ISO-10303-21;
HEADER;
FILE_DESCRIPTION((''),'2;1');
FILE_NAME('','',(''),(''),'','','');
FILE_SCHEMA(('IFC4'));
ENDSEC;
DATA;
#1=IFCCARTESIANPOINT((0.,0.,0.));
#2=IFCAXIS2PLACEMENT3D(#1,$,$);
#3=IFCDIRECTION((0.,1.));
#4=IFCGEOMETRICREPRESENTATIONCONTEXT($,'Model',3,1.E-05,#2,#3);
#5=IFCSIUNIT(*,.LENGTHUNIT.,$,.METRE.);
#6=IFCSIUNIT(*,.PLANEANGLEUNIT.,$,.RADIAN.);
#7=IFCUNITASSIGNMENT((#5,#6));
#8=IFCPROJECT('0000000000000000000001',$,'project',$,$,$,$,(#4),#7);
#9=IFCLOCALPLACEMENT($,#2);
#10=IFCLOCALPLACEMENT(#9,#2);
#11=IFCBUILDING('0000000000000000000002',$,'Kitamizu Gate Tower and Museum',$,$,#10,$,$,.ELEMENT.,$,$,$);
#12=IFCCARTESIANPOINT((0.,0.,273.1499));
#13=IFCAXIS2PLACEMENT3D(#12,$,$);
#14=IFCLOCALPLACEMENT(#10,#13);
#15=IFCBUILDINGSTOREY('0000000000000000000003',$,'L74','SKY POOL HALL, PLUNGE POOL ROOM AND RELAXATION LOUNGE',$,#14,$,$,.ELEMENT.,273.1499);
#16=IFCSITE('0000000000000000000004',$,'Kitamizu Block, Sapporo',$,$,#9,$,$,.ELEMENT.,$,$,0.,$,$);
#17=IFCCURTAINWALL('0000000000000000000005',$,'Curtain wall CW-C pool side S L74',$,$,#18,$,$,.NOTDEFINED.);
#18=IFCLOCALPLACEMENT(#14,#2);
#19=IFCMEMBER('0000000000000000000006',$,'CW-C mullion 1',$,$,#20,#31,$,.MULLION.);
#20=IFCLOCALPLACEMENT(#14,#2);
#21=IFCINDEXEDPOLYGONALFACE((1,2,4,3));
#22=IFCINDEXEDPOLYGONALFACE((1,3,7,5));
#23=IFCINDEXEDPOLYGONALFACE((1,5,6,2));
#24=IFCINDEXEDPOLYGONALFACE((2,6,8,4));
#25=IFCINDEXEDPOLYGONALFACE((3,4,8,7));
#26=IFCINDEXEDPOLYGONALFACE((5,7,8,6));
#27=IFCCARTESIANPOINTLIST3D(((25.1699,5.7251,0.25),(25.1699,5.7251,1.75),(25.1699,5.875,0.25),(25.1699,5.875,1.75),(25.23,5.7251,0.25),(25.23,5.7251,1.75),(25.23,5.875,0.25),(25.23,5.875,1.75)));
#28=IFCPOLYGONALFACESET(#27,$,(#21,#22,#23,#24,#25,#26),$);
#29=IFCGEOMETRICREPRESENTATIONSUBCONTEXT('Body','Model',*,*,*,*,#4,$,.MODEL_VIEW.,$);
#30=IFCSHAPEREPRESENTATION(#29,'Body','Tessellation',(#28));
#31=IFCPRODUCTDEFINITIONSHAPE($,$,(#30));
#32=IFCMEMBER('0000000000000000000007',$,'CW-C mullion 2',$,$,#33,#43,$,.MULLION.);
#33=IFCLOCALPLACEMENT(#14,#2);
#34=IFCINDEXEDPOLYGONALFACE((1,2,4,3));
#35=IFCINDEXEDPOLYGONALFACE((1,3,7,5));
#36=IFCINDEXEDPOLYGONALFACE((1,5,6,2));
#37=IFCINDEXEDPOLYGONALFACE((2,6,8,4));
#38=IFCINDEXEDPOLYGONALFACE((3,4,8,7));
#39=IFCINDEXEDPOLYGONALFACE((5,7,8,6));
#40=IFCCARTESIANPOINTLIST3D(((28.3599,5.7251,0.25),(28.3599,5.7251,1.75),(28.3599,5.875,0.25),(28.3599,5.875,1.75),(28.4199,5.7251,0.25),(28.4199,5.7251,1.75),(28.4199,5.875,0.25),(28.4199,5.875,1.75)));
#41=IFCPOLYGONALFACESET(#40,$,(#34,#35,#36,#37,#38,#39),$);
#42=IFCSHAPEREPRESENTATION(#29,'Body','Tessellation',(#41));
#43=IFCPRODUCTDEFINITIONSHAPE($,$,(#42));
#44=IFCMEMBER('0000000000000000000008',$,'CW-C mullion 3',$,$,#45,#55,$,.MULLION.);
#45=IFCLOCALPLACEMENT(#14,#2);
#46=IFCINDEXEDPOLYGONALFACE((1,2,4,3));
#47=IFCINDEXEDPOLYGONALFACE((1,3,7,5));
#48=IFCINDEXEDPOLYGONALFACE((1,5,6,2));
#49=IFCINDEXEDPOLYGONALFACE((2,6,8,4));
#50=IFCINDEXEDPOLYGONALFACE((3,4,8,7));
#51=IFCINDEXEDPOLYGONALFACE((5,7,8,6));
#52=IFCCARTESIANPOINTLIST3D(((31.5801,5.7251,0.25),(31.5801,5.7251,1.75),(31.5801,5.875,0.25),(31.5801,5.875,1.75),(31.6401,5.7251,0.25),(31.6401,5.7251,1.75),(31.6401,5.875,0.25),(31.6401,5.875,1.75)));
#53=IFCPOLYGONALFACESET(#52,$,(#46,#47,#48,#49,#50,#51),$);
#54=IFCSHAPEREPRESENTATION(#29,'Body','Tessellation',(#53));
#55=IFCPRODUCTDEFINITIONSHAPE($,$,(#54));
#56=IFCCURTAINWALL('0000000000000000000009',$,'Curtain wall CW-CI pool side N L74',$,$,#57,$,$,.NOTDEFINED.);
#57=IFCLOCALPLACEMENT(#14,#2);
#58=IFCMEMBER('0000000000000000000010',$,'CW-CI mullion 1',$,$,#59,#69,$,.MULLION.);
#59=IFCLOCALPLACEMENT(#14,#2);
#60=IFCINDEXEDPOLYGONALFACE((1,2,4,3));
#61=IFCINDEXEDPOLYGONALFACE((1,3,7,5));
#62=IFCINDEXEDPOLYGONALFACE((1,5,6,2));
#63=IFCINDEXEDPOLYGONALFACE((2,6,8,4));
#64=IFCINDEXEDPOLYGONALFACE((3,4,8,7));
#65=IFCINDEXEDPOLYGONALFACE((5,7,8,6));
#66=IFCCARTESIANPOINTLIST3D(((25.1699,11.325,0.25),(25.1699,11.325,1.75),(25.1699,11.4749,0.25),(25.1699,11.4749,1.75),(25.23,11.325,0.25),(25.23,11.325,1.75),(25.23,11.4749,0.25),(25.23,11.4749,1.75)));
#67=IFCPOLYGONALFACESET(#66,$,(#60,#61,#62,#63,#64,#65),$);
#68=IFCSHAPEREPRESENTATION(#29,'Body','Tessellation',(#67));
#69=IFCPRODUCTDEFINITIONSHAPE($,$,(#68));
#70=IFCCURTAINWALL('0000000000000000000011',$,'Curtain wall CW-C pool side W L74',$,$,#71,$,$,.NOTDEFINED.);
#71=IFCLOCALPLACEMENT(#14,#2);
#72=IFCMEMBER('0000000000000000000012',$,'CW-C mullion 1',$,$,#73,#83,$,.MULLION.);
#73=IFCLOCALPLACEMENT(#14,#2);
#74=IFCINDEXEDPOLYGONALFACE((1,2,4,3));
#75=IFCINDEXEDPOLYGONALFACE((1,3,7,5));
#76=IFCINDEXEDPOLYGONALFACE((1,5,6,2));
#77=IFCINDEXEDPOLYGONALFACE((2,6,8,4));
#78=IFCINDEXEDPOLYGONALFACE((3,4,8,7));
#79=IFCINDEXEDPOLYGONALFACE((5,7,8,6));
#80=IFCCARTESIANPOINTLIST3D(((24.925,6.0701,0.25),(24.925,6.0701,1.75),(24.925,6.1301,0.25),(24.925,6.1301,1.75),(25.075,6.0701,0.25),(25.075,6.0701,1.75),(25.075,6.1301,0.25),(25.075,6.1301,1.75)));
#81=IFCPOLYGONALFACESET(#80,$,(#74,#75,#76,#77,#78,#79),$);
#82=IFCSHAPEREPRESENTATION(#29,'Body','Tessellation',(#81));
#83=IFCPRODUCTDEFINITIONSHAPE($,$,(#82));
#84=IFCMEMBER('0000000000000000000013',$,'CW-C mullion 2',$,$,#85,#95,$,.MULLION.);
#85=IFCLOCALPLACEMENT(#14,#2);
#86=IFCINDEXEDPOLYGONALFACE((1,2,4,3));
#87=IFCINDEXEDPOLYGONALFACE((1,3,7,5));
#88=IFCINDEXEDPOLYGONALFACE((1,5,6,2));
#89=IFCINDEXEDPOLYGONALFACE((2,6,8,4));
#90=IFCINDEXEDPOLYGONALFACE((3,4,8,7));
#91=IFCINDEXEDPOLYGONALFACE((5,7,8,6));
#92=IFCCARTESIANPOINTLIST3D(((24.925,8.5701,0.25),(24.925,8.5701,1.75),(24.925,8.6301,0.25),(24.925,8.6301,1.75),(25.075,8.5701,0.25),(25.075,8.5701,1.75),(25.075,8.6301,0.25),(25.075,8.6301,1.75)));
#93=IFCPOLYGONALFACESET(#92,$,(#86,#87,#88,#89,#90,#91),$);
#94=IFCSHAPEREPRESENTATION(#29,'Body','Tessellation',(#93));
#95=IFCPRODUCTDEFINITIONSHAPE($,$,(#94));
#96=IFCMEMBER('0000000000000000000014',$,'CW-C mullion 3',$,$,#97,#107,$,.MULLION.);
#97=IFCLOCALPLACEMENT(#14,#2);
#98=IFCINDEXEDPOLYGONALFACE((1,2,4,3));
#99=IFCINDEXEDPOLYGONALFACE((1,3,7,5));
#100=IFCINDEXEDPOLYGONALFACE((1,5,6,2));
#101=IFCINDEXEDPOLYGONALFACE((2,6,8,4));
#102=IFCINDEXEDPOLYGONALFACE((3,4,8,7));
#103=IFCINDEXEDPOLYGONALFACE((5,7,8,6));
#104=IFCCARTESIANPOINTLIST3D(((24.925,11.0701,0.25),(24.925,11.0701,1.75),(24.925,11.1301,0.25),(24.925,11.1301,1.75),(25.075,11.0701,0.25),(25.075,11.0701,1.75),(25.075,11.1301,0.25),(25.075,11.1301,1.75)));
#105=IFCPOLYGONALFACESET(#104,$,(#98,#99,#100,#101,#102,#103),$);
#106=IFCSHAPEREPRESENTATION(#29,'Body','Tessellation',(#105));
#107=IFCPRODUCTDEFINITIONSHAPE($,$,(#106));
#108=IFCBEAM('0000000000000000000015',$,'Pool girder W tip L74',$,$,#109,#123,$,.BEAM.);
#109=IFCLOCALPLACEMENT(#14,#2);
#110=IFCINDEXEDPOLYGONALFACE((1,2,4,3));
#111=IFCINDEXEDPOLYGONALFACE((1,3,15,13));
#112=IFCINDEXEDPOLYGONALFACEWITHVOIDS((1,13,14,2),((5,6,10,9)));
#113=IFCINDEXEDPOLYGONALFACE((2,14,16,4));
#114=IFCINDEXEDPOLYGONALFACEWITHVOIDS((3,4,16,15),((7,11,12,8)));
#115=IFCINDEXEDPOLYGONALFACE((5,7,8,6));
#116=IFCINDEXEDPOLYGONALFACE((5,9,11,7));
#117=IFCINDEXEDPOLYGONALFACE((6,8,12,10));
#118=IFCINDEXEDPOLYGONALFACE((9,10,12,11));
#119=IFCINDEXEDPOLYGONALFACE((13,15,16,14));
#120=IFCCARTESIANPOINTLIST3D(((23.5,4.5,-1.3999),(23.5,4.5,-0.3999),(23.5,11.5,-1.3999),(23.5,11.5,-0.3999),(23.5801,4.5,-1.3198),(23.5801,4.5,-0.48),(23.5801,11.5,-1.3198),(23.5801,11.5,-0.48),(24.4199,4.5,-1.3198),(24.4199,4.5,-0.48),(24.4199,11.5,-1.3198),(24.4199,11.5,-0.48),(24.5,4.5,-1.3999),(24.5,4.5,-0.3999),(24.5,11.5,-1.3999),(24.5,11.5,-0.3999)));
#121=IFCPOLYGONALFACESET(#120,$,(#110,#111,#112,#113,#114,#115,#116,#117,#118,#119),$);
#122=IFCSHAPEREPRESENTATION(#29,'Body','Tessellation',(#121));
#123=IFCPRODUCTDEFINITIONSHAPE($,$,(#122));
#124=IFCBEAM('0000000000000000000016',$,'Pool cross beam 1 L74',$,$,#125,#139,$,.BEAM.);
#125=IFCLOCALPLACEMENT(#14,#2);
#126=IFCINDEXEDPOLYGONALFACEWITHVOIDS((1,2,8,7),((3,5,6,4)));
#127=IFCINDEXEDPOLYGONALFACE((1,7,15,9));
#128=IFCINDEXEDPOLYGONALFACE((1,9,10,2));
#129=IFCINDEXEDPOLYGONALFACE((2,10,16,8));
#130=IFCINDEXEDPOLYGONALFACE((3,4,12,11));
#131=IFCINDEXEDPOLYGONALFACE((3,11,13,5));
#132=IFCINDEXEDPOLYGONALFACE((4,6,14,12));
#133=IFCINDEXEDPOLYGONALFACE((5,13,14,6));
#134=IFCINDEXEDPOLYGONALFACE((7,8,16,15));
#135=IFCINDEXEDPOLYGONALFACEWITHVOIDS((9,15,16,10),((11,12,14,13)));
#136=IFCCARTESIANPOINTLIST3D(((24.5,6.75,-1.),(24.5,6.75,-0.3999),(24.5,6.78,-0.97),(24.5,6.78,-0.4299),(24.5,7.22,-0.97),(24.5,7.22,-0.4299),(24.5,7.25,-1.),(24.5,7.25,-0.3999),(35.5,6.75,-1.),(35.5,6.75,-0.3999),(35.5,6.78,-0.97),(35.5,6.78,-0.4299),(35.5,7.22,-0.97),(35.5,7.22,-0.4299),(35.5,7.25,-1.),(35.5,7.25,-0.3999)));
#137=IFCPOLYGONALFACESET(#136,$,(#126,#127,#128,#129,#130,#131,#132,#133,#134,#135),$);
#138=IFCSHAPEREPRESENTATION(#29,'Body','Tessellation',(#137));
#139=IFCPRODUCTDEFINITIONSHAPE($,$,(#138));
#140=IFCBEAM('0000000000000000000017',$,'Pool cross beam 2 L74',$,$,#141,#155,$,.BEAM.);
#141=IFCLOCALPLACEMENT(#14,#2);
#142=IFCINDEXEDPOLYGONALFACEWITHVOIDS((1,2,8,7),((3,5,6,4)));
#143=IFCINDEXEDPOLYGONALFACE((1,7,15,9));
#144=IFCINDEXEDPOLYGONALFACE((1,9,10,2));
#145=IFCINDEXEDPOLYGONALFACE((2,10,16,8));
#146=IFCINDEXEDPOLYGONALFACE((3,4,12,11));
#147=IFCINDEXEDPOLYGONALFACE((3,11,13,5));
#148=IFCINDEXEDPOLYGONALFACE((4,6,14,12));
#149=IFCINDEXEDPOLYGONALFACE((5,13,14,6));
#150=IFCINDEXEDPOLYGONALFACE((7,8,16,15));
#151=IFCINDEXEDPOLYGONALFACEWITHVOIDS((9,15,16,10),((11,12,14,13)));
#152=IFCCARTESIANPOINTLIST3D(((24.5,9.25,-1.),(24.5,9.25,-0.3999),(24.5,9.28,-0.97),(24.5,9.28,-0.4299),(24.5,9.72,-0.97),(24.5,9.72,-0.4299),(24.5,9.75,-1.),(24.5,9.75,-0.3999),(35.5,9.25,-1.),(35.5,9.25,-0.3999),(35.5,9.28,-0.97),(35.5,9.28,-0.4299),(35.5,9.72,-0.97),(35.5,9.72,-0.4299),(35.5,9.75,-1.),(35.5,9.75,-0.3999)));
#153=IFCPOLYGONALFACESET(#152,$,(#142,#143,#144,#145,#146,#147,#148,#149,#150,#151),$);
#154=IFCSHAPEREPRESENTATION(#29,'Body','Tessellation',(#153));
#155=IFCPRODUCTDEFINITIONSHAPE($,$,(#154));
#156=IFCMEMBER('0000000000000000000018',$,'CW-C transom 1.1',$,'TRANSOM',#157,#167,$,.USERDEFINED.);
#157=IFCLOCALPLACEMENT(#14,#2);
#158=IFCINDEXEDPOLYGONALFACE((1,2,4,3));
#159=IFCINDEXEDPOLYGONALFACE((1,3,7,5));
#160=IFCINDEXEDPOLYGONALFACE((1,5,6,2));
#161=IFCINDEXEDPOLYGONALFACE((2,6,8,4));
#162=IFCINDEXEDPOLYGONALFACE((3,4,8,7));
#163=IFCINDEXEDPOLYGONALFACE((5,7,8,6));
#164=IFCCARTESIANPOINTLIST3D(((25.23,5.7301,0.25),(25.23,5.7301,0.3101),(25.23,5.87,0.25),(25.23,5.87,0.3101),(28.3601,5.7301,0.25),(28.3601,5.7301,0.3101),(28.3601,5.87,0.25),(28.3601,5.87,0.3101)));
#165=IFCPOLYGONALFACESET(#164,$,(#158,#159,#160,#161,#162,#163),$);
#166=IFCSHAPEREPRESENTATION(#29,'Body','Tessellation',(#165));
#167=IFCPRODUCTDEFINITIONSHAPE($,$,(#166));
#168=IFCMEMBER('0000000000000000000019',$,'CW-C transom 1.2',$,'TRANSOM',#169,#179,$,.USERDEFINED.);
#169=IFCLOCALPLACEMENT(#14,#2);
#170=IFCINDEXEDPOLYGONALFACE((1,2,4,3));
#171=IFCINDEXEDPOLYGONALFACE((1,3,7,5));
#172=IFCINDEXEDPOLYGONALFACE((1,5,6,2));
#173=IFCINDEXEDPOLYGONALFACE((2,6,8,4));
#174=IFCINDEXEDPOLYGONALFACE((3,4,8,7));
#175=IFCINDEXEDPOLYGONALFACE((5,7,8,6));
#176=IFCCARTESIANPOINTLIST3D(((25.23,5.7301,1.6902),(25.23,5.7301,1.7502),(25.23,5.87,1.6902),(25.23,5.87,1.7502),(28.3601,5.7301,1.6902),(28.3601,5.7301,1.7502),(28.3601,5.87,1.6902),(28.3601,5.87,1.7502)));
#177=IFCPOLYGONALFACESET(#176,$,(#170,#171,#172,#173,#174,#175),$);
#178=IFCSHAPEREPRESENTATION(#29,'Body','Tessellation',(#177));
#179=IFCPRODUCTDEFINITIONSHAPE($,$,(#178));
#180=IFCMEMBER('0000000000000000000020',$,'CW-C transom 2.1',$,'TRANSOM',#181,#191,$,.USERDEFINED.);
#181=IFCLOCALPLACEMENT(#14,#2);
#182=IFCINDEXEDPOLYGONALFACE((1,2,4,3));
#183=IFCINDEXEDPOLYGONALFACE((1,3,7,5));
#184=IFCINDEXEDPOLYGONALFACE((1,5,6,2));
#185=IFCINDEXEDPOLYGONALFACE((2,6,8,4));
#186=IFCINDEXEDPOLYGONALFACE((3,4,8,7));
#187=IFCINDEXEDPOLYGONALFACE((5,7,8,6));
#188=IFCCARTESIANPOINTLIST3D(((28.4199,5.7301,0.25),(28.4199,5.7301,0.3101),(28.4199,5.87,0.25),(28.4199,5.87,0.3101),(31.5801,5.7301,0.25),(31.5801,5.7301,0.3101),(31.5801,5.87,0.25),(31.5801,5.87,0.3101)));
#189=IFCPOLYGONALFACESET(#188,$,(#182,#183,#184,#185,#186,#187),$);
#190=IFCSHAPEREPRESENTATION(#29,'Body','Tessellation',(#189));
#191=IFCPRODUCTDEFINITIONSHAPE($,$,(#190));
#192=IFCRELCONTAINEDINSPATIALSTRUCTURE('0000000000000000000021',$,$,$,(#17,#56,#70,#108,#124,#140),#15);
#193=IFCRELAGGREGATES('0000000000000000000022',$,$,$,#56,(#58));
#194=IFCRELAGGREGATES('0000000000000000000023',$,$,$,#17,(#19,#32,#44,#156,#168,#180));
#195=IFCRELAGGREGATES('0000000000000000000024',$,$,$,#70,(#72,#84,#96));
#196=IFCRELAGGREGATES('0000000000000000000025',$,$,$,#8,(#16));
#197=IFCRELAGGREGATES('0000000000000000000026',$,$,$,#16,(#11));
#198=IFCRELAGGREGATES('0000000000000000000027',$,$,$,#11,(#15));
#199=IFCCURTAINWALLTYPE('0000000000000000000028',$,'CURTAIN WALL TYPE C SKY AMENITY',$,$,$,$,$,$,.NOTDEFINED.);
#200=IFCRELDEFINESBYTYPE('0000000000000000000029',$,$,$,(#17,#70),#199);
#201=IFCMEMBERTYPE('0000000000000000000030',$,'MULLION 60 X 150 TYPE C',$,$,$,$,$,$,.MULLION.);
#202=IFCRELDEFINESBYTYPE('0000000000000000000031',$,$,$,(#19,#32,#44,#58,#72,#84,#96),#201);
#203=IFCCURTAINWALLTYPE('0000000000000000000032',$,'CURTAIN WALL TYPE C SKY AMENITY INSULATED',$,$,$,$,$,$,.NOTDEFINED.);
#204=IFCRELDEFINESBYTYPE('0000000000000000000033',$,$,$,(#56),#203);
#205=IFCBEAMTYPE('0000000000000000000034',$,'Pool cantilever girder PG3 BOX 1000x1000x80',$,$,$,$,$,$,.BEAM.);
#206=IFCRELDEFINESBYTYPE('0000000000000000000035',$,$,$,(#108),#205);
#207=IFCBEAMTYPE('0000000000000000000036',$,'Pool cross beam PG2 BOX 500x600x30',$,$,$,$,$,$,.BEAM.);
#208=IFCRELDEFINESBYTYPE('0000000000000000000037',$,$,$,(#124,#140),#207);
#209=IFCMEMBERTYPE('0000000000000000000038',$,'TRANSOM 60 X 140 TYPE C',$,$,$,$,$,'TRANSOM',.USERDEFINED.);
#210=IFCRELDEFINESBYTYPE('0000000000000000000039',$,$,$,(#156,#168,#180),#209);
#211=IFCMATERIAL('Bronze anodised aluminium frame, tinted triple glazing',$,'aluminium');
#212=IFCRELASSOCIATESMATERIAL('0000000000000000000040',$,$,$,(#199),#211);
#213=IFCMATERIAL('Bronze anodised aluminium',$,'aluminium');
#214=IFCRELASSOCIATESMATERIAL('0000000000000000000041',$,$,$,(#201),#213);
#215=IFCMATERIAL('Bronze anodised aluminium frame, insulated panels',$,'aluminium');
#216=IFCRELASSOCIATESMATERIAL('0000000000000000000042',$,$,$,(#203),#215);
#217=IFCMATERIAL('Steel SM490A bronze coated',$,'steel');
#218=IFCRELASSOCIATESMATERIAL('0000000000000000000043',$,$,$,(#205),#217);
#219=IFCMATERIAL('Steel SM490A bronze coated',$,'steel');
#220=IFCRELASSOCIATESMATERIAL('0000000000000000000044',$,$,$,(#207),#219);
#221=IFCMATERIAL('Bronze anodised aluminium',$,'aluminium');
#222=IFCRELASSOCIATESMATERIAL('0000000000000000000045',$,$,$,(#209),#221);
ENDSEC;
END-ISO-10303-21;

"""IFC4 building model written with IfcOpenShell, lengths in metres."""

from ifc_helpers import new_model, si_unit, direction, frame, origin, origin_2d, place, context, subcontext, project, spatial, rectangle, hollow_rectangle, extrude, material, material_profile, profile_set, type_object, element, aggregate, save


model = new_model("IFC4")

# Units and contexts
model_context = context("Model", 3, precision=1e-05, world=origin(), true_north=direction((0.0, 1.0)))
body_context = subcontext(model_context, "Body", "Model", "MODEL_VIEW")
ifc_project = project(units=[si_unit("LENGTHUNIT", "METRE"), si_unit("PLANEANGLEUNIT", "RADIAN")], contexts=[model_context])

# Site, building, storey
site_placement = place(None, origin())
site = spatial("IfcSite", under=ifc_project, at=site_placement, Name="Kitamizu Block, Sapporo", CompositionType="ELEMENT", RefElevation=0.0)
building_placement = place(site_placement, origin())
building = spatial("IfcBuilding", under=site, at=building_placement, Name="Kitamizu Gate Tower and Museum", CompositionType="ELEMENT")
storey_placement = place(building_placement, frame((0.0, 0.0, 273.1499)))
storey = spatial("IfcBuildingStorey", under=building, at=storey_placement, Name="L74", Description="SKY POOL HALL, PLUNGE POOL ROOM AND RELAXATION LOUNGE", CompositionType="ELEMENT", Elevation=273.1499)

# Curtain wall, members
ifc_material_1 = material(Name="Bronze anodised aluminium frame, tinted triple glazing", Category="aluminium")
curtain_wall_type_1 = type_object("IfcCurtainWallType", Name="CURTAIN WALL TYPE C SKY AMENITY", PredefinedType="NOTDEFINED", material=ifc_material_1)
curtain_wall_1_placement = place(storey_placement, origin())
curtain_wall_1 = element("IfcCurtainWall", 1, at=curtain_wall_1_placement, inside=storey, type_object=curtain_wall_type_1, Name="Curtain wall CW-C pool side S L74", PredefinedType="NOTDEFINED")
ifc_material_2 = material(Name="Bronze anodised aluminium", Category="aluminium")
ifc_material_profile_1 = material_profile(ifc_material_2, rectangle(XDim=0.0601, YDim=0.1499, at=origin_2d()), Name="AL 60X150")
ifc_profile_set_1 = profile_set([ifc_material_profile_1], Name="Bronze anodised aluminium")
member_type_1 = type_object("IfcMemberType", Name="MULLION 60 X 150 TYPE C", PredefinedType="MULLION", material=ifc_profile_set_1)
member_1_placement = place(storey_placement, frame((25.2, 5.8, 0.25), z_axis=(0.0, 0.0, 1.0), x_axis=(1.0, 0.0, 0.0)))
member_1 = element("IfcMember", 2, at=member_1_placement, type_object=member_type_1, Name="CW-C mullion 1", PredefinedType="MULLION", context=body_context, shape_type="SweptSolid", body=[
    extrude(rectangle(XDim=0.0601, YDim=0.1499, at=origin_2d()), origin(), (0.0, 0.0, 1.0), 1.5),
])
member_2_placement = place(storey_placement, frame((28.3899, 5.8, 0.25), z_axis=(0.0, 0.0, 1.0), x_axis=(1.0, 0.0, 0.0)))
member_2 = element("IfcMember", 3, at=member_2_placement, type_object=member_type_1, Name="CW-C mullion 2", PredefinedType="MULLION", context=body_context, shape_type="SweptSolid", body=[
    extrude(rectangle(XDim=0.0601, YDim=0.1499, at=origin_2d()), origin(), (0.0, 0.0, 1.0), 1.5),
])
member_3_placement = place(storey_placement, frame((31.6101, 5.8, 0.25), z_axis=(0.0, 0.0, 1.0), x_axis=(1.0, 0.0, 0.0)))
member_3 = element("IfcMember", 4, at=member_3_placement, type_object=member_type_1, Name="CW-C mullion 3", PredefinedType="MULLION", context=body_context, shape_type="SweptSolid", body=[
    extrude(rectangle(XDim=0.0601, YDim=0.1499, at=origin_2d()), origin(), (0.0, 0.0, 1.0), 1.5),
])

# Curtain wall, member
ifc_material_3 = material(Name="Bronze anodised aluminium frame, insulated panels", Category="aluminium")
curtain_wall_type_2 = type_object("IfcCurtainWallType", Name="CURTAIN WALL TYPE C SKY AMENITY INSULATED", PredefinedType="NOTDEFINED", material=ifc_material_3)
curtain_wall_2_placement = place(storey_placement, origin())
curtain_wall_2 = element("IfcCurtainWall", 5, at=curtain_wall_2_placement, inside=storey, type_object=curtain_wall_type_2, Name="Curtain wall CW-CI pool side N L74", PredefinedType="NOTDEFINED")
member_4_placement = place(storey_placement, frame((25.2, 11.3999, 0.25), z_axis=(0.0, 0.0, 1.0), x_axis=(1.0, 0.0, 0.0)))
member_4 = element("IfcMember", 6, at=member_4_placement, type_object=member_type_1, Name="CW-CI mullion 1", PredefinedType="MULLION", context=body_context, shape_type="SweptSolid", body=[
    extrude(rectangle(XDim=0.0601, YDim=0.1499, at=origin_2d()), origin(), (0.0, 0.0, 1.0), 1.5),
])

# Curtain wall, members
curtain_wall_3_placement = place(storey_placement, origin())
curtain_wall_3 = element("IfcCurtainWall", 7, at=curtain_wall_3_placement, inside=storey, type_object=curtain_wall_type_1, Name="Curtain wall CW-C pool side W L74", PredefinedType="NOTDEFINED")
member_5_placement = place(storey_placement, frame((25.0, 6.1001, 0.25), z_axis=(0.0, 0.0, 1.0), x_axis=(0.0, 1.0, 0.0)))
member_5 = element("IfcMember", 8, at=member_5_placement, type_object=member_type_1, Name="CW-C mullion 1", PredefinedType="MULLION", context=body_context, shape_type="SweptSolid", body=[
    extrude(rectangle(XDim=0.0601, YDim=0.1499, at=origin_2d()), origin(), (0.0, 0.0, 1.0), 1.5),
])
member_6_placement = place(storey_placement, frame((25.0, 8.6001, 0.25), z_axis=(0.0, 0.0, 1.0), x_axis=(0.0, 1.0, 0.0)))
member_6 = element("IfcMember", 9, at=member_6_placement, type_object=member_type_1, Name="CW-C mullion 2", PredefinedType="MULLION", context=body_context, shape_type="SweptSolid", body=[
    extrude(rectangle(XDim=0.0601, YDim=0.1499, at=origin_2d()), origin(), (0.0, 0.0, 1.0), 1.5),
])
member_7_placement = place(storey_placement, frame((25.0, 11.1001, 0.25), z_axis=(0.0, 0.0, 1.0), x_axis=(0.0, 1.0, 0.0)))
member_7 = element("IfcMember", 10, at=member_7_placement, type_object=member_type_1, Name="CW-C mullion 3", PredefinedType="MULLION", context=body_context, shape_type="SweptSolid", body=[
    extrude(rectangle(XDim=0.0601, YDim=0.1499, at=origin_2d()), origin(), (0.0, 0.0, 1.0), 1.5),
])

# Beams
ifc_material_4 = material(Name="Steel SM490A bronze coated", Category="steel")
ifc_material_profile_2 = material_profile(ifc_material_4, hollow_rectangle(XDim=1.0, YDim=1.0, WallThickness=0.0801, at=origin_2d()), Name="BOX 1000x1000x80")
ifc_profile_set_2 = profile_set([ifc_material_profile_2], Name="Steel SM490A bronze coated")
beam_type_1 = type_object("IfcBeamType", Name="Pool cantilever girder PG3 BOX 1000x1000x80", PredefinedType="BEAM", material=ifc_profile_set_2)
beam_placement = place(storey_placement, frame((24.0, 4.5, -0.8999), z_axis=(0.0, 1.0, 0.0), x_axis=(-1.0, 0.0, 0.0)))
element("IfcBeam", 11, at=beam_placement, inside=storey, type_object=beam_type_1, Name="Pool girder W tip L74", PredefinedType="BEAM", context=body_context, shape_type="SweptSolid", body=[
    extrude(hollow_rectangle(XDim=1.0, YDim=1.0, WallThickness=0.0801, at=origin_2d()), origin(), (0.0, 0.0, 1.0), 7.0),
])
ifc_material_5 = material(Name="Steel SM490A bronze coated", Category="steel")
ifc_material_profile_3 = material_profile(ifc_material_5, hollow_rectangle(XDim=0.5, YDim=0.6001, WallThickness=0.03, at=origin_2d()), Name="BOX 500x600x30")
ifc_profile_set_3 = profile_set([ifc_material_profile_3], Name="Steel SM490A bronze coated")
beam_type_2 = type_object("IfcBeamType", Name="Pool cross beam PG2 BOX 500x600x30", PredefinedType="BEAM", material=ifc_profile_set_3)
for number, where, z_axis, x_axis, name in (
    (12, (24.5, 7.0, -0.7), (1.0, 0.0, 0.0), (0.0, 1.0, 0.0), "Pool cross beam 1 L74"),
    (13, (24.5, 9.5, -0.7), (1.0, 0.0, 0.0), (0.0, 1.0, 0.0), "Pool cross beam 2 L74"),
):
    element("IfcBeam", number, at=place(storey_placement, frame(where, z_axis=z_axis, x_axis=x_axis)), inside=storey, type_object=beam_type_2, Name=name, PredefinedType="BEAM", context=body_context, shape_type="SweptSolid", body=[
        extrude(hollow_rectangle(XDim=0.5, YDim=0.6001, WallThickness=0.03, at=origin_2d()), origin(), (0.0, 0.0, 1.0), 11.0),
    ])

# Members
ifc_material_6 = material(Name="Bronze anodised aluminium", Category="aluminium")
ifc_material_profile_4 = material_profile(ifc_material_6, rectangle(XDim=0.1399, YDim=0.0601, at=origin_2d()), Name="AL 60X140")
ifc_profile_set_4 = profile_set([ifc_material_profile_4], Name="Bronze anodised aluminium")
member_type_2 = type_object("IfcMemberType", Name="TRANSOM 60 X 140 TYPE C", ElementType="TRANSOM", PredefinedType="USERDEFINED", material=ifc_profile_set_4)
member_8_placement = place(storey_placement, frame((25.23, 5.8, 0.28), z_axis=(1.0, 0.0, 0.0), x_axis=(0.0, 1.0, 0.0)))
member_8 = element("IfcMember", 14, at=member_8_placement, type_object=member_type_2, Name="CW-C transom 1.1", ObjectType="TRANSOM", PredefinedType="USERDEFINED", context=body_context, shape_type="SweptSolid", body=[
    extrude(rectangle(XDim=0.1399, YDim=0.0601, at=origin_2d()), origin(), (0.0, 0.0, 1.0), 3.1301),
])
member_9_placement = place(storey_placement, frame((25.23, 5.8, 1.7202), z_axis=(1.0, 0.0, 0.0), x_axis=(0.0, 1.0, 0.0)))
member_9 = element("IfcMember", 15, at=member_9_placement, type_object=member_type_2, Name="CW-C transom 1.2", ObjectType="TRANSOM", PredefinedType="USERDEFINED", context=body_context, shape_type="SweptSolid", body=[
    extrude(rectangle(XDim=0.1399, YDim=0.0601, at=origin_2d()), origin(), (0.0, 0.0, 1.0), 3.1301),
])
member_10_placement = place(storey_placement, frame((28.4199, 5.8, 0.28), z_axis=(1.0, 0.0, 0.0), x_axis=(0.0, 1.0, 0.0)))
member_10 = element("IfcMember", 16, at=member_10_placement, type_object=member_type_2, Name="CW-C transom 2.1", ObjectType="TRANSOM", PredefinedType="USERDEFINED", context=body_context, shape_type="SweptSolid", body=[
    extrude(rectangle(XDim=0.1399, YDim=0.0601, at=origin_2d()), origin(), (0.0, 0.0, 1.0), 3.1602),
])
aggregate(curtain_wall_2, [member_4])

aggregate(curtain_wall_1, [member_1, member_2, member_3, member_8, member_9, member_10])
aggregate(curtain_wall_3, [member_5, member_6, member_7])

save(model, "model.ifc")
